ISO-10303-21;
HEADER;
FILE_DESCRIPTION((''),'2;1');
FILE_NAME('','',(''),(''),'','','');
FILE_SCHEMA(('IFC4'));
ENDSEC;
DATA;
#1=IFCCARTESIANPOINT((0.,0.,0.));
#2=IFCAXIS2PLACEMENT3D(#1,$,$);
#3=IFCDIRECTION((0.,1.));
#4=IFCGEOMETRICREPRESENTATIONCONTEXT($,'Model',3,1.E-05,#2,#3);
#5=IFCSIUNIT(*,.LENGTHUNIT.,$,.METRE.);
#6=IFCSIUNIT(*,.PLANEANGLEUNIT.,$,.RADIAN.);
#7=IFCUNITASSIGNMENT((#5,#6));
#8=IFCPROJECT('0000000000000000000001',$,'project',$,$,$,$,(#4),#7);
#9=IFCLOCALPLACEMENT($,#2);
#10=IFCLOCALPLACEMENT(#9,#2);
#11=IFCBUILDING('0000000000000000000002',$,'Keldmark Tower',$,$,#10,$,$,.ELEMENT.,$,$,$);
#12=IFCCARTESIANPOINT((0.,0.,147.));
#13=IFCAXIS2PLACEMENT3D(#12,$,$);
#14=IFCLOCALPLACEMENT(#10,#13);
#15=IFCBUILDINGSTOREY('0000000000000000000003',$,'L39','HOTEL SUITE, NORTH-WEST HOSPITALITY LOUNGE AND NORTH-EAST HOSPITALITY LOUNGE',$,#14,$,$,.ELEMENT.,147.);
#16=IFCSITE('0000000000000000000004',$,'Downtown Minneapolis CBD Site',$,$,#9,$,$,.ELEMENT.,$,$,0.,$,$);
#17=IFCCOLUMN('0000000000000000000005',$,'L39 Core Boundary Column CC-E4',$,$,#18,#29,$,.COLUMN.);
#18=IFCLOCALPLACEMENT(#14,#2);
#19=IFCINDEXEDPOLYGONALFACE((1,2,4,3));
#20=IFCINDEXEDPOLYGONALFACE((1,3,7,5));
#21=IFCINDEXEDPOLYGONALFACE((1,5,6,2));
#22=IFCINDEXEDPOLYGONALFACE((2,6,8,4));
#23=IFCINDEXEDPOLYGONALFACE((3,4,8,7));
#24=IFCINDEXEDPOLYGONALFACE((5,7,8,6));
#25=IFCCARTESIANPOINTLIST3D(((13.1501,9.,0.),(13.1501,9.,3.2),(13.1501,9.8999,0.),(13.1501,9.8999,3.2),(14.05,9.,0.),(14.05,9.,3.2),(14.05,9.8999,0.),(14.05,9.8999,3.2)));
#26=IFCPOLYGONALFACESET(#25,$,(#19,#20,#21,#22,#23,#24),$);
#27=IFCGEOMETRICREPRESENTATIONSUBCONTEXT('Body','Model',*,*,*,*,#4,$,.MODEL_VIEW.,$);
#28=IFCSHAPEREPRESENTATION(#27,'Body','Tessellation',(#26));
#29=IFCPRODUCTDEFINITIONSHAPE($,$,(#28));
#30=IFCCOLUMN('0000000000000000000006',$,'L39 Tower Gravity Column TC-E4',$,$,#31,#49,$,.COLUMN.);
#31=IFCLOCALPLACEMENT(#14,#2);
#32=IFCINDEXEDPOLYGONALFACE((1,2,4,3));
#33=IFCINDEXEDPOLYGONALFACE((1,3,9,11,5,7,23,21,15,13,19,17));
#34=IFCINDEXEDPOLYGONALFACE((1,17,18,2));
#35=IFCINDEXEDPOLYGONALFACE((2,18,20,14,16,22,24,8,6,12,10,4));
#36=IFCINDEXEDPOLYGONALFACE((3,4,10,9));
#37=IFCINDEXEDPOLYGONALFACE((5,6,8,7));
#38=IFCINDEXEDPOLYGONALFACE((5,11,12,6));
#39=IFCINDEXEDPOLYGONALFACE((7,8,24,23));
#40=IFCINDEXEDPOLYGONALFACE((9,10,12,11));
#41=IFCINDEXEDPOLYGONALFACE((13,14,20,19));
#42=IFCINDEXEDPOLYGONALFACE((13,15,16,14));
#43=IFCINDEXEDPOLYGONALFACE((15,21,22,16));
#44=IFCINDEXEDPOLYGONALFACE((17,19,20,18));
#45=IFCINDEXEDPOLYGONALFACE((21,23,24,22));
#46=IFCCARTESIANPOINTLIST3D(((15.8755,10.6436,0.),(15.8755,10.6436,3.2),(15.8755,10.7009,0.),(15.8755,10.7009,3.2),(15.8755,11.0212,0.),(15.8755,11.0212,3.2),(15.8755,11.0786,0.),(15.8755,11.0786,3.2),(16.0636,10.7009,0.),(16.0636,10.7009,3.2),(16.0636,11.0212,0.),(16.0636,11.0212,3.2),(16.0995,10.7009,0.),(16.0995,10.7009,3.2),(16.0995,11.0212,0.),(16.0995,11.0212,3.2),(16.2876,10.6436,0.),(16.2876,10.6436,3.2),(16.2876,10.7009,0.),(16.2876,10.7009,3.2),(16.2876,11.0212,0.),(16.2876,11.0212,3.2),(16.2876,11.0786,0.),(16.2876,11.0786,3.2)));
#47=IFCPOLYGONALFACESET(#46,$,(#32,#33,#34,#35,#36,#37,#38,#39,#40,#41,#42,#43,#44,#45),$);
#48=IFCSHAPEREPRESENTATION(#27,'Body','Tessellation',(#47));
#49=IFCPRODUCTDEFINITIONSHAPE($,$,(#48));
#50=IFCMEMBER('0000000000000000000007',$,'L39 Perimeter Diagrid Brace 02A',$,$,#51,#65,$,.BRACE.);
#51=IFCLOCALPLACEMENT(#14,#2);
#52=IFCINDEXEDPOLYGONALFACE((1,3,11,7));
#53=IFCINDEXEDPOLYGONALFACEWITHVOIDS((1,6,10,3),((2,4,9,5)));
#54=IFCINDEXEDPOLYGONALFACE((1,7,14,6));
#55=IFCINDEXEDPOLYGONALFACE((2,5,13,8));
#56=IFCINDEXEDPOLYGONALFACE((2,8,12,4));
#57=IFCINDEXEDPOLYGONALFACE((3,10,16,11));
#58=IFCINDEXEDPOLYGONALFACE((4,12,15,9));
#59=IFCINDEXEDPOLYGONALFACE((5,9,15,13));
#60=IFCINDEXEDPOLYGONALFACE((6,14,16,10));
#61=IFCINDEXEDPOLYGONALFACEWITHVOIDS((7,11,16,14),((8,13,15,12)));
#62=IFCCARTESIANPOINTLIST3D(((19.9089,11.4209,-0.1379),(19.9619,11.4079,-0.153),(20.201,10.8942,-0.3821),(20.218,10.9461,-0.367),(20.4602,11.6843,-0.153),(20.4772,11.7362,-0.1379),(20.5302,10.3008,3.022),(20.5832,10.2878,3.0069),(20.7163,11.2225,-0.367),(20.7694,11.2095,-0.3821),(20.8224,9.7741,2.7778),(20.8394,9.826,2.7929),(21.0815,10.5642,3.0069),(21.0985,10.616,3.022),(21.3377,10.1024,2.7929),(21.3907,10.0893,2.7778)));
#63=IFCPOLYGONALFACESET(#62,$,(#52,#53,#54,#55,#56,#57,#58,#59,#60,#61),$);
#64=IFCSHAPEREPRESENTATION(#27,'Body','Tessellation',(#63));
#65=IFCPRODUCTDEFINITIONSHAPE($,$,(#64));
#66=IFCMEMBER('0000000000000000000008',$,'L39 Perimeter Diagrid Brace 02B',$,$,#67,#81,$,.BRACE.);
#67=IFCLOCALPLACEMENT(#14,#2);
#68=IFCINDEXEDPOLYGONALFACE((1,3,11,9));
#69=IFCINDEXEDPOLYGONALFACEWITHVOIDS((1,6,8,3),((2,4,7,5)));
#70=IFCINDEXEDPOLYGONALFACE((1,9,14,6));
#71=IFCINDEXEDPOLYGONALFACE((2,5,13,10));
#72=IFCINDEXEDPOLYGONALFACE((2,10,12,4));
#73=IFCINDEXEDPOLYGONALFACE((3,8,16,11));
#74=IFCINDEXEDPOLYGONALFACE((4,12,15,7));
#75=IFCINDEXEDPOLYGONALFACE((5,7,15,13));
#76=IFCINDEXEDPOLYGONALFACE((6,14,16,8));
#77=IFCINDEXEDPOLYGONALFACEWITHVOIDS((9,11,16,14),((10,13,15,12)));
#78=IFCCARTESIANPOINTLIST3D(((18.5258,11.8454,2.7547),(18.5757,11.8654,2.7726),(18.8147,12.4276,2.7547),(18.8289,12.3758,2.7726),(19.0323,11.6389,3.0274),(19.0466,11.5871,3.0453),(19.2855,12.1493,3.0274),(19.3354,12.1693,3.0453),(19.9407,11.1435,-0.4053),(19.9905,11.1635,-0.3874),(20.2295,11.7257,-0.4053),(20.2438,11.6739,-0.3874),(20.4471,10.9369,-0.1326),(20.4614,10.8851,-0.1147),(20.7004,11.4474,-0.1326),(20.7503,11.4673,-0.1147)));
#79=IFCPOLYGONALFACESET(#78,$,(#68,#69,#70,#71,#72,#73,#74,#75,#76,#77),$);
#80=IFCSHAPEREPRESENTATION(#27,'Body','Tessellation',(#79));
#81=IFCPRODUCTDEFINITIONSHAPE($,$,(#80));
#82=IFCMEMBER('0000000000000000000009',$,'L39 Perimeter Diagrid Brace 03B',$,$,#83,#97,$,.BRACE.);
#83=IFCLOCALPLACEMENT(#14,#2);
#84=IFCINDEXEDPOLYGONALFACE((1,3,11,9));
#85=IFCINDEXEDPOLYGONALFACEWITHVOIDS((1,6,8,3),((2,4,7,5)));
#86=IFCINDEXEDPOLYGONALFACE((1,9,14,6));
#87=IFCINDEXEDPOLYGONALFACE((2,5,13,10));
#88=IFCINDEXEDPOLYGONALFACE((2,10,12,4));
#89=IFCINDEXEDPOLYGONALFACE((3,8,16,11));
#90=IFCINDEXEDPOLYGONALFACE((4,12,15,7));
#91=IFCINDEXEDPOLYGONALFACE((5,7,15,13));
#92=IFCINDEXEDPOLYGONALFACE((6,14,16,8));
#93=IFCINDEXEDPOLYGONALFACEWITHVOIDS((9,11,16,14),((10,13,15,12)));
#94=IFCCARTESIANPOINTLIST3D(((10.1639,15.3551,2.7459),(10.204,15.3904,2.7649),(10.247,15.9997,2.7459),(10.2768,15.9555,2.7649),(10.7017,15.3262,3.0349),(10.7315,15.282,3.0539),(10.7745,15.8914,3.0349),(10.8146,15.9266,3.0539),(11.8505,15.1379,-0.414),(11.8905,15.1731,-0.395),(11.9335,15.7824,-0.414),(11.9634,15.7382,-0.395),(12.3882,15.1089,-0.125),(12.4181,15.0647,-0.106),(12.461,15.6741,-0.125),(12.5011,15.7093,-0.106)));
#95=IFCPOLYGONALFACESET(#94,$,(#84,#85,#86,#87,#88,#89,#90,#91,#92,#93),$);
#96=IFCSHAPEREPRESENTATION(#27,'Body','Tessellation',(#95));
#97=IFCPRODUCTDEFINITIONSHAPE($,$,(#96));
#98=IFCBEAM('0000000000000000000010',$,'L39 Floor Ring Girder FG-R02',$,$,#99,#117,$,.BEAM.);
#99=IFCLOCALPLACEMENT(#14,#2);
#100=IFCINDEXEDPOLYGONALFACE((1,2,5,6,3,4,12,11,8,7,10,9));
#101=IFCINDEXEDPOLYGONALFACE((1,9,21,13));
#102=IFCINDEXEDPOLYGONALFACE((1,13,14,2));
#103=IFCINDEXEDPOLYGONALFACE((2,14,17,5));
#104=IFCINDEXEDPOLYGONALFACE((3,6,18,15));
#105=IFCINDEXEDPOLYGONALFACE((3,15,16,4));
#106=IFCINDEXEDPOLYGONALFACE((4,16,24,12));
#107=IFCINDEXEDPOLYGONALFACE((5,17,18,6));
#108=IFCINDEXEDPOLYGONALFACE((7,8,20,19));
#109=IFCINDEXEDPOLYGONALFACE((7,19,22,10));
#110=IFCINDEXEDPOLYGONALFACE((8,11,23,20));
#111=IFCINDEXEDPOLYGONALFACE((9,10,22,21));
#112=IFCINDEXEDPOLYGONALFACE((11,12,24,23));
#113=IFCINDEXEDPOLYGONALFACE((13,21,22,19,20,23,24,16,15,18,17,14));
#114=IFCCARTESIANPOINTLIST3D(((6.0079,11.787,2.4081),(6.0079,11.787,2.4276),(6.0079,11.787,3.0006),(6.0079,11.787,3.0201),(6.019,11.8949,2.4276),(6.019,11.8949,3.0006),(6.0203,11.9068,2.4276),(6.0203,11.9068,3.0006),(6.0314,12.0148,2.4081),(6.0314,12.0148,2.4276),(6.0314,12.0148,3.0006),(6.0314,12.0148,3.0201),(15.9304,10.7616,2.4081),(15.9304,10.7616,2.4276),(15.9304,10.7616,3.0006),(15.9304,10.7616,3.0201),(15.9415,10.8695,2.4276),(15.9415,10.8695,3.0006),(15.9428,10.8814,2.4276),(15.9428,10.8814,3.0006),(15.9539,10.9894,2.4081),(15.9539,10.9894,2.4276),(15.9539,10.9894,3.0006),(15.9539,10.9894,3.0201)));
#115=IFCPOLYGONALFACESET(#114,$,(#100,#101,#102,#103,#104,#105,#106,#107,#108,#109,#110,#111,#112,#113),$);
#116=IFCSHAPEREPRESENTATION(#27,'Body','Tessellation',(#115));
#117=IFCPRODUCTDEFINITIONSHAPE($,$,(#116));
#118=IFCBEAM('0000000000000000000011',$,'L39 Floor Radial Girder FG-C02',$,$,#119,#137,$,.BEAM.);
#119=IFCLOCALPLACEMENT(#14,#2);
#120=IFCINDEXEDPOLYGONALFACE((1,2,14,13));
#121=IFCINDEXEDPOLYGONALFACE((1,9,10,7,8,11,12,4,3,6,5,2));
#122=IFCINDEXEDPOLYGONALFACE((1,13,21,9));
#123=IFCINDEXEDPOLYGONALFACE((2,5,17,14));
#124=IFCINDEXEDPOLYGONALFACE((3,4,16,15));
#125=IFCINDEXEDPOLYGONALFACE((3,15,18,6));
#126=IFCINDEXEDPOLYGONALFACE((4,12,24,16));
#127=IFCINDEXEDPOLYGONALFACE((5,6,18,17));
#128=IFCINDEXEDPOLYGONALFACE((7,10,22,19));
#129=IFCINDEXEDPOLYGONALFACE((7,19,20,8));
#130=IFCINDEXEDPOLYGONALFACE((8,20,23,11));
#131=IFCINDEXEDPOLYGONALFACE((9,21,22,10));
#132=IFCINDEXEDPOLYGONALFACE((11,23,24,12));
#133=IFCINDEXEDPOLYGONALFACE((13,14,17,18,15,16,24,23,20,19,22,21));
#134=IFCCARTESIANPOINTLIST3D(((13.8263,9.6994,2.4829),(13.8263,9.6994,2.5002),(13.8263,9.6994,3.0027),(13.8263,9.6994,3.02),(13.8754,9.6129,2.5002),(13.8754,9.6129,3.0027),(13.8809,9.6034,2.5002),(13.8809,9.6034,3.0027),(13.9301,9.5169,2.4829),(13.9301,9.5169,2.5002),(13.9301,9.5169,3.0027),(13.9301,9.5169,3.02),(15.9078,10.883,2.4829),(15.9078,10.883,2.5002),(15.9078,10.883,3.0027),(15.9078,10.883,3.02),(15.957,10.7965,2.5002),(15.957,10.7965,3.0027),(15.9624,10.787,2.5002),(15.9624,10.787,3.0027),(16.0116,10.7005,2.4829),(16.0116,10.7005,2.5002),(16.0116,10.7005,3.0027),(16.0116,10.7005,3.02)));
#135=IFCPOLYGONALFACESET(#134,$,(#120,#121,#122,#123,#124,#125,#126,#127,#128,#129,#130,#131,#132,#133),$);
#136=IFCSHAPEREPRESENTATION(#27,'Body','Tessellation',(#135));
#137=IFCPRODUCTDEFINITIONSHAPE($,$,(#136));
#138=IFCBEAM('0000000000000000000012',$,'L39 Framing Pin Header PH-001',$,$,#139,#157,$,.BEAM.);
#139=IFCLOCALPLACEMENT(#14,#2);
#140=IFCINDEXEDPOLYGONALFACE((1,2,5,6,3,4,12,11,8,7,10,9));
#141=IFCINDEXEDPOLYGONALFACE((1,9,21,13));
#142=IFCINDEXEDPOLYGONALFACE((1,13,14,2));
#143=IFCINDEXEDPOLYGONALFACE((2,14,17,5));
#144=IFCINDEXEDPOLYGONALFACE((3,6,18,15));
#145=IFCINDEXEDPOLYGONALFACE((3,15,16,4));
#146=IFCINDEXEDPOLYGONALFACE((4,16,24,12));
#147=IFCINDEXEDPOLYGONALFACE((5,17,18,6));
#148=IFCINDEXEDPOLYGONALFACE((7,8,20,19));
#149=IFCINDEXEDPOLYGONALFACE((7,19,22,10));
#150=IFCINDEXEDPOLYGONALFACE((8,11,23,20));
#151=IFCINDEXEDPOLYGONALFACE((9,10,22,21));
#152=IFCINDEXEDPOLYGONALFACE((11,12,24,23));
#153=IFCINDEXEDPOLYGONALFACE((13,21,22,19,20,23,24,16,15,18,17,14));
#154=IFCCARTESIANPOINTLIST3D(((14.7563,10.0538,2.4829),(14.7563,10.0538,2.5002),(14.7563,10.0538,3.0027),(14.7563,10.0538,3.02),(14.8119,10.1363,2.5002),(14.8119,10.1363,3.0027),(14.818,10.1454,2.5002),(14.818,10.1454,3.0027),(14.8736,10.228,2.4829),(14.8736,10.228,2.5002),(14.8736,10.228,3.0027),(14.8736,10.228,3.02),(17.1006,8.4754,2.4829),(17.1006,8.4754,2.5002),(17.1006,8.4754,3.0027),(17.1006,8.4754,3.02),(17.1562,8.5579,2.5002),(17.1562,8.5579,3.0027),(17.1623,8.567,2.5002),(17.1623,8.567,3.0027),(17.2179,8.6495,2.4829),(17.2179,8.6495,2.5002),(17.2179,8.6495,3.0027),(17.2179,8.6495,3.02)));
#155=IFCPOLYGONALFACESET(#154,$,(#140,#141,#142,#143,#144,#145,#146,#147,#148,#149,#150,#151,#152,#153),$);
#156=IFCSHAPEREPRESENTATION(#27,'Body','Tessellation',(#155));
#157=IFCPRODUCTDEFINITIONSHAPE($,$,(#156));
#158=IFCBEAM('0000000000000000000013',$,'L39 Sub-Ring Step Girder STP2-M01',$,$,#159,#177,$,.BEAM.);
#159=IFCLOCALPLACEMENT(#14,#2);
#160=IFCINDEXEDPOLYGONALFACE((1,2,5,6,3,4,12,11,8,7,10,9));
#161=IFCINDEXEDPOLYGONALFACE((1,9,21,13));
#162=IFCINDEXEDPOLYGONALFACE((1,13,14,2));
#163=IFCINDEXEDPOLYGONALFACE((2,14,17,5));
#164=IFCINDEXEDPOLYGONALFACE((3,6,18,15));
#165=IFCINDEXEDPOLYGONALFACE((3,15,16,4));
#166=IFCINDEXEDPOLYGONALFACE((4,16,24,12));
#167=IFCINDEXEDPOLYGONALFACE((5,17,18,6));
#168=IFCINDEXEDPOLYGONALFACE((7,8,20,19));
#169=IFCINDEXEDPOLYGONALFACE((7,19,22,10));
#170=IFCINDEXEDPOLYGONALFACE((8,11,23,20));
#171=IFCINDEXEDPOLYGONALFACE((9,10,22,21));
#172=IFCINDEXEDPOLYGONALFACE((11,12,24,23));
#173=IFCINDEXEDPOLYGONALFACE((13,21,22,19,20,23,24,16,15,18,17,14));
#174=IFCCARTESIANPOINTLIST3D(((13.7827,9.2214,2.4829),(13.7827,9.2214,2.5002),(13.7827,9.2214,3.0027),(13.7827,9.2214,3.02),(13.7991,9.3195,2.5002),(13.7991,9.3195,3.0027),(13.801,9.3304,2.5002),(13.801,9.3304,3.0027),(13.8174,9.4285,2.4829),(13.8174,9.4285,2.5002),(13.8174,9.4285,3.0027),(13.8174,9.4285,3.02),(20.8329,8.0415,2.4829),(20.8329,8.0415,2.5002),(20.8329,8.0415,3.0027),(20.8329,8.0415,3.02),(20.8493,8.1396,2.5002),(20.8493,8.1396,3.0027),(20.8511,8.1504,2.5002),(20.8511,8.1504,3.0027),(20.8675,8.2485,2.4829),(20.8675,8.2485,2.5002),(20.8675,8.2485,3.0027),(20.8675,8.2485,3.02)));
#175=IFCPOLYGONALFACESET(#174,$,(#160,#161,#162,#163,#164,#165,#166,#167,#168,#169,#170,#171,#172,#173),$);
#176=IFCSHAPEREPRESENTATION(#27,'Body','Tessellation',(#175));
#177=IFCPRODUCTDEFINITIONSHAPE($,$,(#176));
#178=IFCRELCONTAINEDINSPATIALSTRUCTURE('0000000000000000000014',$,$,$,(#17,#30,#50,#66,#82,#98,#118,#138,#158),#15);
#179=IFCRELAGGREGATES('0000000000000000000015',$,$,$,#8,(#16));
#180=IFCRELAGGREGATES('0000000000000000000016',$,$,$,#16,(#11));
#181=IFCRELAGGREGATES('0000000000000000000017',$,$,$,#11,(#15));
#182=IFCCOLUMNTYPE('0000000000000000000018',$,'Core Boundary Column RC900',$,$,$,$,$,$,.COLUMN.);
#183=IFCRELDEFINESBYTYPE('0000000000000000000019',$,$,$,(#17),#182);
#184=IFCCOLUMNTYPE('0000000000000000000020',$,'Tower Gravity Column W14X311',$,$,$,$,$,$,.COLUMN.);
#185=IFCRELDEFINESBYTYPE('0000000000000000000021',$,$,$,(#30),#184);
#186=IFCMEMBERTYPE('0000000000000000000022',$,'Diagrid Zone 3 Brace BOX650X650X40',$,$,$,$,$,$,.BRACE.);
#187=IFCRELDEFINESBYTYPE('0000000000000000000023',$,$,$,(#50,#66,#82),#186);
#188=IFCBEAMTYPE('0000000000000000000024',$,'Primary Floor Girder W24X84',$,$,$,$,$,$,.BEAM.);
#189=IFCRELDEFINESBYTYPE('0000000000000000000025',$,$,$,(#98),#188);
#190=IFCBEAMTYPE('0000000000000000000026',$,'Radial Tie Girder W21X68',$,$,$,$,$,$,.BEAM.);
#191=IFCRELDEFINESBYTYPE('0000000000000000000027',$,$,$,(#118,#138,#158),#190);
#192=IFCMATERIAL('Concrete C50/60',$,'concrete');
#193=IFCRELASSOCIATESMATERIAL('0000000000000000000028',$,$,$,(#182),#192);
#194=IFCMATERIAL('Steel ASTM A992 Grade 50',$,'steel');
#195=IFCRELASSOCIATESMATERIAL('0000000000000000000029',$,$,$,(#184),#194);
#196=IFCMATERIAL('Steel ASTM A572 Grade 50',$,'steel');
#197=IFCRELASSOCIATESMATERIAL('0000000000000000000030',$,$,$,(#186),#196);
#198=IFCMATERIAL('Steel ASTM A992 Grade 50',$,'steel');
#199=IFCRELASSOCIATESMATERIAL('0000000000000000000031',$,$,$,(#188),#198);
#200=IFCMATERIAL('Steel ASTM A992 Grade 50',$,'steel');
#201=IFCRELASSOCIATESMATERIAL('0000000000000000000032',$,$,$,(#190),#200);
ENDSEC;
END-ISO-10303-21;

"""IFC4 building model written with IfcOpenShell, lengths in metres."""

from ifc_helpers import new_model, si_unit, direction, frame, origin, origin_2d, place, context, subcontext, project, spatial, rectangle, hollow_rectangle, i_section, extrude, material, material_profile, profile_set, type_object, element, save


model = new_model("IFC4")

# Units and contexts
model_context = context("Model", 3, precision=1e-05, world=origin(), true_north=direction((0.0, 1.0)))
body_context = subcontext(model_context, "Body", "Model", "MODEL_VIEW")
ifc_project = project(units=[si_unit("LENGTHUNIT", "METRE"), si_unit("PLANEANGLEUNIT", "RADIAN")], contexts=[model_context])

# Site, building, storey
site_placement = place(None, origin())
site = spatial("IfcSite", under=ifc_project, at=site_placement, Name="Downtown Minneapolis CBD Site", CompositionType="ELEMENT", RefElevation=0.0)
building_placement = place(site_placement, origin())
building = spatial("IfcBuilding", under=site, at=building_placement, Name="Keldmark Tower", CompositionType="ELEMENT")
storey_placement = place(building_placement, frame((0.0, 0.0, 147.0)))
storey = spatial("IfcBuildingStorey", under=building, at=storey_placement, Name="L39", Description="HOTEL SUITE, NORTH-WEST HOSPITALITY LOUNGE AND NORTH-EAST HOSPITALITY LOUNGE", CompositionType="ELEMENT", Elevation=147.0)

# Columns
ifc_material_1 = material(Name="Concrete C50/60", Category="concrete")
ifc_material_profile_1 = material_profile(ifc_material_1, rectangle(XDim=0.8999, YDim=0.8999, at=origin_2d()), Name="RC900X900")
ifc_profile_set_1 = profile_set([ifc_material_profile_1], Name="Concrete C50/60")
column_type_1 = type_object("IfcColumnType", Name="Core Boundary Column RC900", PredefinedType="COLUMN", material=ifc_profile_set_1)
column_1_placement = place(storey_placement, frame((13.6001, 9.45, 0.0), z_axis=(0.0, 0.0, 1.0), x_axis=(1.0, 0.0, 0.0)))
element("IfcColumn", 1, at=column_1_placement, inside=storey, type_object=column_type_1, Name="L39 Core Boundary Column CC-E4", PredefinedType="COLUMN", context=body_context, shape_type="SweptSolid", body=[
    extrude(rectangle(XDim=0.8999, YDim=0.8999, at=origin_2d()), origin(), (0.0, 0.0, 1.0), 3.2),
])
ifc_material_2 = material(Name="Steel ASTM A992 Grade 50", Category="steel")
ifc_material_profile_2 = material_profile(ifc_material_2, i_section(OverallWidth=0.4121, OverallDepth=0.4351, WebThickness=0.0359, FlangeThickness=0.0574, at=origin_2d()), Name="W14X311")
ifc_profile_set_2 = profile_set([ifc_material_profile_2], Name="Steel ASTM A992 Grade 50")
column_type_2 = type_object("IfcColumnType", Name="Tower Gravity Column W14X311", PredefinedType="COLUMN", material=ifc_profile_set_2)
column_2_placement = place(storey_placement, frame((16.0815, 10.8611, 0.0), z_axis=(0.0, 0.0, 1.0), x_axis=(1.0, 0.0, 0.0)))
element("IfcColumn", 2, at=column_2_placement, inside=storey, type_object=column_type_2, Name="L39 Tower Gravity Column TC-E4", PredefinedType="COLUMN", context=body_context, shape_type="SweptSolid", body=[
    extrude(i_section(OverallWidth=0.4121, OverallDepth=0.4351, WebThickness=0.0359, FlangeThickness=0.0574, at=origin_2d()), origin(), (0.0, 0.0, 1.0), 3.2),
])

# Members
ifc_material_3 = material(Name="Steel ASTM A572 Grade 50", Category="steel")
ifc_material_profile_3 = material_profile(ifc_material_3, hollow_rectangle(XDim=0.6499, YDim=0.6499, WallThickness=0.04, at=origin_2d()), Name="BOX650X650X40")
ifc_profile_set_3 = profile_set([ifc_material_profile_3], Name="Steel ASTM A572 Grade 50")
member_type = type_object("IfcMemberType", Name="Diagrid Zone 3 Brace BOX650X650X40", PredefinedType="BRACE", material=ifc_profile_set_3)
member_1_placement = place(storey_placement, frame((20.3391, 11.3152, -0.26), z_axis=(0.182229, -0.328513, 0.926753), x_axis=(0.874472, 0.485076, 0.0)))
element("IfcMember", 3, at=member_1_placement, inside=storey, type_object=member_type, Name="L39 Perimeter Diagrid Brace 02A", PredefinedType="BRACE", context=body_context, shape_type="SweptSolid", body=[
    extrude(hollow_rectangle(XDim=0.6499, YDim=0.6499, WallThickness=0.04, at=origin_2d()), origin(), (0.0, 0.0, 1.0), 3.4097),
])
member_2_placement = place(storey_placement, frame((20.3455, 11.3054, -0.26), z_axis=(-0.400495, 0.198693, 0.894497), x_axis=(-0.444429, -0.895814, 0.0)))
element("IfcMember", 4, at=member_2_placement, inside=storey, type_object=member_type, Name="L39 Perimeter Diagrid Brace 02B", PredefinedType="BRACE", context=body_context, shape_type="SweptSolid", body=[
    extrude(hollow_rectangle(XDim=0.6499, YDim=0.6499, WallThickness=0.04, at=origin_2d()), origin(), (0.0, 0.0, 1.0), 3.5327),
])
member_3_placement = place(storey_placement, frame((12.1758, 15.4236, -0.26), z_axis=(-0.469993, 0.060552, 0.880591), x_axis=(-0.12778, -0.991803, 0.0)))
element("IfcMember", 5, at=member_3_placement, inside=storey, type_object=member_type, Name="L39 Perimeter Diagrid Brace 03B", PredefinedType="BRACE", context=body_context, shape_type="SweptSolid", body=[
    extrude(hollow_rectangle(XDim=0.6499, YDim=0.6499, WallThickness=0.04, at=origin_2d()), origin(), (0.0, 0.0, 1.0), 3.5884),
])

# Beams
ifc_material_4 = material(Name="Steel ASTM A992 Grade 50", Category="steel")
ifc_material_profile_4 = material_profile(ifc_material_4, i_section(OverallWidth=0.229, OverallDepth=0.6121, WebThickness=0.012, FlangeThickness=0.0195, at=origin_2d()), Name="W24X84")
ifc_profile_set_4 = profile_set([ifc_material_profile_4], Name="Steel ASTM A992 Grade 50")
beam_type_1 = type_object("IfcBeamType", Name="Primary Floor Girder W24X84", PredefinedType="BEAM", material=ifc_profile_set_4)
beam_1_placement = place(storey_placement, frame((15.9421, 10.8755, 2.7141), z_axis=(-0.994703, 0.102791, 0.0), x_axis=(-0.102791, -0.994703, 0.0)))
element("IfcBeam", 6, at=beam_1_placement, inside=storey, type_object=beam_type_1, Name="L39 Floor Ring Girder FG-R02", PredefinedType="BEAM", context=body_context, shape_type="SweptSolid", body=[
    extrude(i_section(OverallWidth=0.229, OverallDepth=0.6121, WebThickness=0.012, FlangeThickness=0.0195, at=origin_2d()), origin(), (0.0, 0.0, 1.0), 9.9753),
])
ifc_material_5 = material(Name="Steel ASTM A992 Grade 50", Category="steel")
ifc_material_profile_5 = material_profile(ifc_material_5, i_section(OverallWidth=0.21, OverallDepth=0.5371, WebThickness=0.011, FlangeThickness=0.0173, at=origin_2d()), Name="W21X68")
ifc_profile_set_5 = profile_set([ifc_material_profile_5], Name="Steel ASTM A992 Grade 50")
beam_type_2 = type_object("IfcBeamType", Name="Radial Tie Girder W21X68", PredefinedType="BEAM", material=ifc_profile_set_5)
beam_2_placement = place(storey_placement, frame((15.9597, 10.7917, 2.7515), z_axis=(-0.869295, -0.494293, 0.0), x_axis=(0.494293, -0.869295, 0.0)))
element("IfcBeam", 7, at=beam_2_placement, inside=storey, type_object=beam_type_2, Name="L39 Floor Radial Girder FG-C02", PredefinedType="BEAM", context=body_context, shape_type="SweptSolid", body=[
    extrude(i_section(OverallWidth=0.21, OverallDepth=0.5371, WebThickness=0.011, FlangeThickness=0.0173, at=origin_2d()), origin(), (0.0, 0.0, 1.0), 2.3945),
])
beam_3_placement = place(storey_placement, frame((14.8149, 10.1409, 2.7515), z_axis=(0.829503, -0.558502, 0.0), x_axis=(0.558502, 0.829503, 0.0)))
element("IfcBeam", 8, at=beam_3_placement, inside=storey, type_object=beam_type_2, Name="L39 Framing Pin Header PH-001", PredefinedType="BEAM", context=body_context, shape_type="SweptSolid", body=[
    extrude(i_section(OverallWidth=0.21, OverallDepth=0.5371, WebThickness=0.011, FlangeThickness=0.0173, at=origin_2d()), origin(), (0.0, 0.0, 1.0), 2.8262),
])
beam_4_placement = place(storey_placement, frame((13.8, 9.325, 2.7515), z_axis=(0.986282, -0.165069, 0.0), x_axis=(0.165069, 0.986282, 0.0)))
element("IfcBeam", 9, at=beam_4_placement, inside=storey, type_object=beam_type_2, Name="L39 Sub-Ring Step Girder STP2-M01", PredefinedType="BEAM", context=body_context, shape_type="SweptSolid", body=[
    extrude(i_section(OverallWidth=0.21, OverallDepth=0.5371, WebThickness=0.011, FlangeThickness=0.0173, at=origin_2d()), origin(), (0.0, 0.0, 1.0), 7.1482),
])

save(model, "model.ifc")
